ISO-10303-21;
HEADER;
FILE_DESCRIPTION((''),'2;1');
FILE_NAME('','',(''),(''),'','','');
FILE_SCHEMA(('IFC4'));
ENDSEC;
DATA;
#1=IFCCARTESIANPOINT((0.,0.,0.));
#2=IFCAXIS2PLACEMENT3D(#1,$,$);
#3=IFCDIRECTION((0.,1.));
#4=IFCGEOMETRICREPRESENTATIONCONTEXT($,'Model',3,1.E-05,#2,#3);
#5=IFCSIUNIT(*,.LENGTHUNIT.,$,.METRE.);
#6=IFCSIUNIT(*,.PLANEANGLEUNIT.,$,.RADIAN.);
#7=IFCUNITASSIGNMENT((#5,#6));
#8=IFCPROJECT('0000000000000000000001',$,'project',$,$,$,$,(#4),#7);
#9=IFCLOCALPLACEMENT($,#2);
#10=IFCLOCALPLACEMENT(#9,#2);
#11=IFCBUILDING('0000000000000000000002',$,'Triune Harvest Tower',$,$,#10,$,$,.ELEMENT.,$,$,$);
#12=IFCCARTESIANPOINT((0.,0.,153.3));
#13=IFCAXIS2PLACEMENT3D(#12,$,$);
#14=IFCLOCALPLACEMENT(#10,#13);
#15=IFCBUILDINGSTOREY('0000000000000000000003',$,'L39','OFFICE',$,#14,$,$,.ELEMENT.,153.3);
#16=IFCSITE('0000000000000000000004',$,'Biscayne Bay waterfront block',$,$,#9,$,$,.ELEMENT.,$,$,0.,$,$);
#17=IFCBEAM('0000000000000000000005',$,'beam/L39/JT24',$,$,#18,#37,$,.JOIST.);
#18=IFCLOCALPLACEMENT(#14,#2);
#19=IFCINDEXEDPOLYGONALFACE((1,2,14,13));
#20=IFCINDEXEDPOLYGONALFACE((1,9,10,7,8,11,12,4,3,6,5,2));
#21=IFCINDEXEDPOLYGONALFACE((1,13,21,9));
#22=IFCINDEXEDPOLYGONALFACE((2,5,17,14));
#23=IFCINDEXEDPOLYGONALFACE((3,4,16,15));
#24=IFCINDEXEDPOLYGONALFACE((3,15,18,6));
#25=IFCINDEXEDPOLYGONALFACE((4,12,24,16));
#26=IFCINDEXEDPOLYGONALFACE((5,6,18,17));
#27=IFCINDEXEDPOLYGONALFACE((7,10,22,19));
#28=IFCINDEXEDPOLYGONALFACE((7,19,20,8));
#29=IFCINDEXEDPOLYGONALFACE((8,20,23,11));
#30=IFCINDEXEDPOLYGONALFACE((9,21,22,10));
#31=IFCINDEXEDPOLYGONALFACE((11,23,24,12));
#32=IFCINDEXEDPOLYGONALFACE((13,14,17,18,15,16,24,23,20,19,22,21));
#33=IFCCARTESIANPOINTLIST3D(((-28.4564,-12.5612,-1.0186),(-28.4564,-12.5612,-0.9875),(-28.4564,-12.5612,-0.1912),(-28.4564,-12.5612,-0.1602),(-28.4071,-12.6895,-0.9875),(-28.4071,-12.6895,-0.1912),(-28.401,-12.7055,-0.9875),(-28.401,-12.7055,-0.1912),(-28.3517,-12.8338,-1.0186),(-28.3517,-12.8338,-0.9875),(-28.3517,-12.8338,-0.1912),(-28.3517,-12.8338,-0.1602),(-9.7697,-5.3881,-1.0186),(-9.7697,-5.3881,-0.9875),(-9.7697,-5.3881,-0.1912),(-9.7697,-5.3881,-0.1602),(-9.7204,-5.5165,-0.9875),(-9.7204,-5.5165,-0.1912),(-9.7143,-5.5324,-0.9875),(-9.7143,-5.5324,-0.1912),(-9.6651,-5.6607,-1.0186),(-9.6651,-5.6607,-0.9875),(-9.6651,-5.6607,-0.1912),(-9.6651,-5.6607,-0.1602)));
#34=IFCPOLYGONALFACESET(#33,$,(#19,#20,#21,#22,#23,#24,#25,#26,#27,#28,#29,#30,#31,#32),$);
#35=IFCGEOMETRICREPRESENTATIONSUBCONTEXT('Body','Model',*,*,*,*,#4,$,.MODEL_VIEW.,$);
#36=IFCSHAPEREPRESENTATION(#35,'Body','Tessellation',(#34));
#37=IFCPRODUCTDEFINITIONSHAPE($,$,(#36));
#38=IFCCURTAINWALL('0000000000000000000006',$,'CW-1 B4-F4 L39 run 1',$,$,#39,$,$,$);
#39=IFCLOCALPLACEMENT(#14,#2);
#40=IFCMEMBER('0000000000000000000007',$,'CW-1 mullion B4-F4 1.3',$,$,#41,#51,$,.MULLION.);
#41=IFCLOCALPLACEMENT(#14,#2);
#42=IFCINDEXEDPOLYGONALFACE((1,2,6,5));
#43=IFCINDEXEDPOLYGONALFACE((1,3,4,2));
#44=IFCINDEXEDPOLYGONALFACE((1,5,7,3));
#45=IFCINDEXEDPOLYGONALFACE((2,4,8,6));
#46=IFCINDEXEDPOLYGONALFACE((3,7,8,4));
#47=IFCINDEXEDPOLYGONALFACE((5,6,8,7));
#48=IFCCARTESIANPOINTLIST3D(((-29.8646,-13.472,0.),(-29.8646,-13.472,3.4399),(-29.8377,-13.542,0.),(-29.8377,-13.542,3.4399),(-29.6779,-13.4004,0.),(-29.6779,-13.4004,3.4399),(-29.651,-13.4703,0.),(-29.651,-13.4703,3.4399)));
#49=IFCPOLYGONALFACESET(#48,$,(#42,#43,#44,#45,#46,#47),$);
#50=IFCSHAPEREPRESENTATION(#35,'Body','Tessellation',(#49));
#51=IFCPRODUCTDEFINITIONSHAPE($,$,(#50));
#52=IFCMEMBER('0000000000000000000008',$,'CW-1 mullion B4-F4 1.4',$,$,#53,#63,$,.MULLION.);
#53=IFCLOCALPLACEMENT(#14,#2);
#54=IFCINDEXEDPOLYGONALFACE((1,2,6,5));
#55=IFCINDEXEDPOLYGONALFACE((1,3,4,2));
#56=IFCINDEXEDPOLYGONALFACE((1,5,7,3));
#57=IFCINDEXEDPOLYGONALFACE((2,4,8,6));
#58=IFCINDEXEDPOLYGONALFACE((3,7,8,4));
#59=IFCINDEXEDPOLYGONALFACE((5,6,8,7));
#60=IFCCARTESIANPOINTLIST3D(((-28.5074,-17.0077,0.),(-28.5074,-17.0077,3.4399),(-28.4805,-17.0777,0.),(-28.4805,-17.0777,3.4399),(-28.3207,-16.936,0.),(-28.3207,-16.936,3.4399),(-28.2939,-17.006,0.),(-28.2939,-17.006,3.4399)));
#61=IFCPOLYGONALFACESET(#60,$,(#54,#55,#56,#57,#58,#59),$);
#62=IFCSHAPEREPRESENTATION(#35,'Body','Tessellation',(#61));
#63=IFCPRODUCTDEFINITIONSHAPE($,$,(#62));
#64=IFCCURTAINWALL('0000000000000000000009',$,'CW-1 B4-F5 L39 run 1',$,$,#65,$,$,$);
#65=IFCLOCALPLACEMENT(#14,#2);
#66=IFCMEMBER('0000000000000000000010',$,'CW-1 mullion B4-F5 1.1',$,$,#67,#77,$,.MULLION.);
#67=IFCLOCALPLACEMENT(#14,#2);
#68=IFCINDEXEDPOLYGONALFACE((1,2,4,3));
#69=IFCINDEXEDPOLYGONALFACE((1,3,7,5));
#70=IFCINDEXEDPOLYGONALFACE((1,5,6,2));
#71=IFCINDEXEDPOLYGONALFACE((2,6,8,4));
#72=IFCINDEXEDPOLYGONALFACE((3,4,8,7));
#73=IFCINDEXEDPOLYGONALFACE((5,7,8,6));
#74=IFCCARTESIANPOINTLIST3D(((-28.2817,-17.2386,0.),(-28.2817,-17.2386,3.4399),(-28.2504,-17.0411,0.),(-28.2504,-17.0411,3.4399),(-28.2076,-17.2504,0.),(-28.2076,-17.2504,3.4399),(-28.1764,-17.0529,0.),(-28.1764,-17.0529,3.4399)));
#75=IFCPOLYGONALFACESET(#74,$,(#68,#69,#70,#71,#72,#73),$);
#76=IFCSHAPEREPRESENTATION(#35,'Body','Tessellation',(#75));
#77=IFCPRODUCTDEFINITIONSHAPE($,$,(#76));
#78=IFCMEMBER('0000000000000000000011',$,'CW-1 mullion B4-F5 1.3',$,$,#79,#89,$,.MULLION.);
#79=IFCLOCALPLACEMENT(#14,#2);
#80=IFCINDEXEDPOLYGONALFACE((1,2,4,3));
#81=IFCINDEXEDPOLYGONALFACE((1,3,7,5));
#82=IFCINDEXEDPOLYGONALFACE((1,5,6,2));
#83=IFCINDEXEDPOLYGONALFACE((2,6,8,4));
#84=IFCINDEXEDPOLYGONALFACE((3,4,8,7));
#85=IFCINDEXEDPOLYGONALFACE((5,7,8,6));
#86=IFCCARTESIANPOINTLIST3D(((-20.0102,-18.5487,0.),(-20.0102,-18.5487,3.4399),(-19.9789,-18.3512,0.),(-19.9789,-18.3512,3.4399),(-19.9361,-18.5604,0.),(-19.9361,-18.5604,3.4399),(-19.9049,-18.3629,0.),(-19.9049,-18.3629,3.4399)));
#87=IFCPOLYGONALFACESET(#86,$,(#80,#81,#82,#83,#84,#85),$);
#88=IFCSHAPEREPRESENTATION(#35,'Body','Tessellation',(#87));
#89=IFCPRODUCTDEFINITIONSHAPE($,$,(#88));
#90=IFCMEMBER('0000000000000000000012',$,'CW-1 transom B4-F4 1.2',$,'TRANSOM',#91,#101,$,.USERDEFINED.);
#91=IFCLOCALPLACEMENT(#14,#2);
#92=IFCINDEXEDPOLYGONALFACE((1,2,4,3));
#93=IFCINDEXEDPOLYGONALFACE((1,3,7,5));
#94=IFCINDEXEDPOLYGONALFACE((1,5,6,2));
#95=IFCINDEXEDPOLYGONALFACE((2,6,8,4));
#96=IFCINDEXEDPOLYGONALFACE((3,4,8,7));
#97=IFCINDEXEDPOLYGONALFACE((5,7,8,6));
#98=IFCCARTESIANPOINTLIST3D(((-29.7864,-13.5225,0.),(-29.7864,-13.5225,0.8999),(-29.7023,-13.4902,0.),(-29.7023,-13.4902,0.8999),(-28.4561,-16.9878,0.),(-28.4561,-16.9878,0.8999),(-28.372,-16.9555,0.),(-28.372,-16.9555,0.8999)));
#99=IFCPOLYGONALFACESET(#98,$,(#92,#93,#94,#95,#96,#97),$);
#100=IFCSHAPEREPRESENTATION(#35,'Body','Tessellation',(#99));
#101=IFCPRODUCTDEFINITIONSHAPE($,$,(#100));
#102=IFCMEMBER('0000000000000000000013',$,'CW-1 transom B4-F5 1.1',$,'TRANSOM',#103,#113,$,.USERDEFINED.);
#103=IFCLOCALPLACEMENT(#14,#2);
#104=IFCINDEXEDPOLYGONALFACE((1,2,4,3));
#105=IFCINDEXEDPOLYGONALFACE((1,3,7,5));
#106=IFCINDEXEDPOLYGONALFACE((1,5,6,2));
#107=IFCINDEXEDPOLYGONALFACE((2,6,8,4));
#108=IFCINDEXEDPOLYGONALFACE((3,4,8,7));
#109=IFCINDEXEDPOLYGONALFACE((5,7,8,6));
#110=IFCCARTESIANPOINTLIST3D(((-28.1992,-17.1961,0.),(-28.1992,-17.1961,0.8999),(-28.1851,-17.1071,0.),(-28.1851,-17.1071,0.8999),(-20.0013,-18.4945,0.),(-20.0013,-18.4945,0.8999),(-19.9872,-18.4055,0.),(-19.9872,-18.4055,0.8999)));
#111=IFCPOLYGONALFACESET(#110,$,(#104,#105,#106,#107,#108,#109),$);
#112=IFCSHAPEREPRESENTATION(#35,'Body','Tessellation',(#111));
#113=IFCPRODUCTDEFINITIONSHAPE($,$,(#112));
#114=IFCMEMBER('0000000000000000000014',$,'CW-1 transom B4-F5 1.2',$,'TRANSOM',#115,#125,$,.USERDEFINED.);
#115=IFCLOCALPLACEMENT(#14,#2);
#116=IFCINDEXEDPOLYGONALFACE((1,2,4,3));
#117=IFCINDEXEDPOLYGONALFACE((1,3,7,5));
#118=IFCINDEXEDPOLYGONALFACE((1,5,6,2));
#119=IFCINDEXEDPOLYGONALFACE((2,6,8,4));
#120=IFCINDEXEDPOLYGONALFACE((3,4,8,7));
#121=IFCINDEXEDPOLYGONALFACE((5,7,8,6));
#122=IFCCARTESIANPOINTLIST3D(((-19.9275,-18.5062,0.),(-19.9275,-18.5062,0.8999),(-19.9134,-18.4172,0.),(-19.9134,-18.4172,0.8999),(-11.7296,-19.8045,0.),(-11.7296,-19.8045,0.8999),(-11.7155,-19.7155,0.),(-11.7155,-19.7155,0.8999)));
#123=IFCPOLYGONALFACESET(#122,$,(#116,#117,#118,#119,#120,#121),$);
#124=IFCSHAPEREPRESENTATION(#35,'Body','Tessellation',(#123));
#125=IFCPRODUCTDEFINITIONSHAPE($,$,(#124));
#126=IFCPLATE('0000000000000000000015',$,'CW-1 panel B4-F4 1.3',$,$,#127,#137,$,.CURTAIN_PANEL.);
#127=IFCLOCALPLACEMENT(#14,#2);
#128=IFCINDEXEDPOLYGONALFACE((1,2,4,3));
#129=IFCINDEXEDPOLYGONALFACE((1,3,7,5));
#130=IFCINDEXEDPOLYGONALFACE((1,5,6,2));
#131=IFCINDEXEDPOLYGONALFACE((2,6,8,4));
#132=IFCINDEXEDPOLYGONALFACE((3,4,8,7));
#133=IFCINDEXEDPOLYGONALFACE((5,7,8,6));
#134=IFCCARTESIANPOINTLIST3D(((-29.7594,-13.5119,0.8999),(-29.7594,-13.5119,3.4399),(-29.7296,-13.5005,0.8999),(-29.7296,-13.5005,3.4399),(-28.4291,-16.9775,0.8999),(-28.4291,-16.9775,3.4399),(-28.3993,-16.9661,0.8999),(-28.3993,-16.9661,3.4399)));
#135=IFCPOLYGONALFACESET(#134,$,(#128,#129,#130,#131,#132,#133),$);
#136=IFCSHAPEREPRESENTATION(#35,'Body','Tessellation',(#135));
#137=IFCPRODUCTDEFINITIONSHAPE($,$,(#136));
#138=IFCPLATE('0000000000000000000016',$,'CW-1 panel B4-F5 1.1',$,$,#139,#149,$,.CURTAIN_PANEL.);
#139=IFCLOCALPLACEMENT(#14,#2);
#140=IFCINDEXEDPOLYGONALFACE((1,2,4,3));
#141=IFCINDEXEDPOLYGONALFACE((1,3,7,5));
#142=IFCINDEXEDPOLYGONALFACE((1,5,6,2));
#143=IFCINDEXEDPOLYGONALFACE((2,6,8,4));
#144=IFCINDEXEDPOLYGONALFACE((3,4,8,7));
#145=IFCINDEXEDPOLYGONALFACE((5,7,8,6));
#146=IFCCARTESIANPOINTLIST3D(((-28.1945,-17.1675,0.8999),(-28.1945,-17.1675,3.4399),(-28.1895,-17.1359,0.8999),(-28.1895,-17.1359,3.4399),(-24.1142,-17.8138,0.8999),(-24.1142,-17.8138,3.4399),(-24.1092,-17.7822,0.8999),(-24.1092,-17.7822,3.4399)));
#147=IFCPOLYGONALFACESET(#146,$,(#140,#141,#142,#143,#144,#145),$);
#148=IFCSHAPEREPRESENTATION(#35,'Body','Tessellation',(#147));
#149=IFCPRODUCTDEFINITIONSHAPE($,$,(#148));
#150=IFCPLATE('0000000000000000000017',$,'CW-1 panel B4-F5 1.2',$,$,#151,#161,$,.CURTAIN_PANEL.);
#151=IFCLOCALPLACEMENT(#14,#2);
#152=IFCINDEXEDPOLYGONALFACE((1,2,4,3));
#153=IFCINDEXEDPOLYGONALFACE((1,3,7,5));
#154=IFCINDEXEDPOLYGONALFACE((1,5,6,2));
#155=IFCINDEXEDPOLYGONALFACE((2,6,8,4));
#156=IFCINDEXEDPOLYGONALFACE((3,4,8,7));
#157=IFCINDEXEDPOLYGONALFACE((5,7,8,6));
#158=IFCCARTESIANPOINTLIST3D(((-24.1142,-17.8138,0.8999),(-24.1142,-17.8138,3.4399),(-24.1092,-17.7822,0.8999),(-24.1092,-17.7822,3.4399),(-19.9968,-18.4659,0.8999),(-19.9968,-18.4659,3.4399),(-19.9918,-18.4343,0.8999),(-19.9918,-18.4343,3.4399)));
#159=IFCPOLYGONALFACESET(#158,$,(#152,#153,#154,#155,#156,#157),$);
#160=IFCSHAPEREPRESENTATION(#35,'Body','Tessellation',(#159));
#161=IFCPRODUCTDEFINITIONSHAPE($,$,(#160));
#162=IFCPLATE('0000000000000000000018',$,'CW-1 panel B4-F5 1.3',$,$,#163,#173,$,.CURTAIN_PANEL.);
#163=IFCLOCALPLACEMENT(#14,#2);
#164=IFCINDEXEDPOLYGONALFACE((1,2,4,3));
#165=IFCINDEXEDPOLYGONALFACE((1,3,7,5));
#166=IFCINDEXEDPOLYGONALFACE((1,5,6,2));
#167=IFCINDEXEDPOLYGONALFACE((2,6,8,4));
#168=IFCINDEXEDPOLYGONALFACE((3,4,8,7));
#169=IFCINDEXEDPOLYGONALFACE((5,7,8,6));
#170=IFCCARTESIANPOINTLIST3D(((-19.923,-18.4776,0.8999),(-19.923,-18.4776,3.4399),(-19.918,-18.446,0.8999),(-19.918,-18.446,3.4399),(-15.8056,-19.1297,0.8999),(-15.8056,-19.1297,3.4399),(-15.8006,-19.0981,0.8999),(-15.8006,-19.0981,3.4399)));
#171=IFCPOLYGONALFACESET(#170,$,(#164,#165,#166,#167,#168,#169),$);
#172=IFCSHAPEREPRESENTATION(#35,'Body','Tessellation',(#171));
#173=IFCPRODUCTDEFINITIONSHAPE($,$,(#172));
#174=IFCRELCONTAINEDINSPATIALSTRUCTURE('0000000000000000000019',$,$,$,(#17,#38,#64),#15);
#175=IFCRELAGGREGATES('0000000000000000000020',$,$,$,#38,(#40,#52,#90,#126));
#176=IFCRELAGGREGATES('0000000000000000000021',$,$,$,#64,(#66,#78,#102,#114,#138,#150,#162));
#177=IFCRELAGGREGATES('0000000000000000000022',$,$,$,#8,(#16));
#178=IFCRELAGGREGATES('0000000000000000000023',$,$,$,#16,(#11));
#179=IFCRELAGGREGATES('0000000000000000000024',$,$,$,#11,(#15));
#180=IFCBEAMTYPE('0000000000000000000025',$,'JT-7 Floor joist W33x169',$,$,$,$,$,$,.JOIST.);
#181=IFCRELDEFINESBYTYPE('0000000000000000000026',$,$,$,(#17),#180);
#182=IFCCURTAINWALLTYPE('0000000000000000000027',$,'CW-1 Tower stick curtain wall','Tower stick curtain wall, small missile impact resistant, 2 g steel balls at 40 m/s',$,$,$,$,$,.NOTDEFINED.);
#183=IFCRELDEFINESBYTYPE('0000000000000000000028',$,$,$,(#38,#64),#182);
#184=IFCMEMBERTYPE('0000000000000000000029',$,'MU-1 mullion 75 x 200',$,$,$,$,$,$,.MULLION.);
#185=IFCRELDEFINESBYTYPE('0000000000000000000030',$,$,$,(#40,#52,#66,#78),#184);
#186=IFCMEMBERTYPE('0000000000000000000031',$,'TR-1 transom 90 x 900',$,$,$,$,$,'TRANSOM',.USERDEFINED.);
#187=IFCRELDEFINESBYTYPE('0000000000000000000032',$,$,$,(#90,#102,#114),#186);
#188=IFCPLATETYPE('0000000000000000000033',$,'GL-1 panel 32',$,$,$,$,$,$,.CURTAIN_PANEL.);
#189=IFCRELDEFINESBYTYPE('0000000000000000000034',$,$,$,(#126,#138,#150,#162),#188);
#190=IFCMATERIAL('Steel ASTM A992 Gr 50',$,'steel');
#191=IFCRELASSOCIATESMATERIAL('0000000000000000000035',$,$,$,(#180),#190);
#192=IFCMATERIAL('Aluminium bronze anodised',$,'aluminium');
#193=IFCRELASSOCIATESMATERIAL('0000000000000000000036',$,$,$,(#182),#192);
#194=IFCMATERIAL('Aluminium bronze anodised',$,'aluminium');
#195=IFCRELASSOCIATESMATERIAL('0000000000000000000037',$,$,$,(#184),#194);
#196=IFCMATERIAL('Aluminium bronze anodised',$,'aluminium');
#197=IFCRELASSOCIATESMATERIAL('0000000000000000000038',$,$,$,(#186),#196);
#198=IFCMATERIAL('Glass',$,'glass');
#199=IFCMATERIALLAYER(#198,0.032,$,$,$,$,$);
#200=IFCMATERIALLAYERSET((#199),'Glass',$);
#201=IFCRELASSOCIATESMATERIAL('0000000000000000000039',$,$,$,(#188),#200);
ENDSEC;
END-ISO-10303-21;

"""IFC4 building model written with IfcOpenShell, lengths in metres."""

from ifc_helpers import new_model, si_unit, direction, frame, origin, origin_2d, place, context, subcontext, project, spatial, rectangle, i_section, extrude, source, transform, mapped, material, layer, layer_set, material_profile, profile_set, type_object, element, aggregate, save


model = new_model("IFC4")

# Units and contexts
model_context = context("Model", 3, precision=1e-05, world=origin(), true_north=direction((0.0, 1.0)))
body_context = subcontext(model_context, "Body", "Model", "MODEL_VIEW")
ifc_project = project(units=[si_unit("LENGTHUNIT", "METRE"), si_unit("PLANEANGLEUNIT", "RADIAN")], contexts=[model_context])

# Site, building, storey
site_placement = place(None, origin())
site = spatial("IfcSite", under=ifc_project, at=site_placement, Name="Biscayne Bay waterfront block", CompositionType="ELEMENT", RefElevation=0.0)
building_placement = place(site_placement, origin())
building = spatial("IfcBuilding", under=site, at=building_placement, Name="Triune Harvest Tower", CompositionType="ELEMENT")
storey_placement = place(building_placement, frame((0.0, 0.0, 153.3)))
storey = spatial("IfcBuildingStorey", under=building, at=storey_placement, Name="L39", Description="OFFICE", CompositionType="ELEMENT", Elevation=153.3)

# Beam
ifc_material_1 = material(Name="Steel ASTM A992 Gr 50", Category="steel")
ifc_material_profile_1 = material_profile(ifc_material_1, i_section(OverallWidth=0.292, OverallDepth=0.8584, WebThickness=0.0171, FlangeThickness=0.031, at=origin_2d()), Name="W33x169")
ifc_profile_set_1 = profile_set([ifc_material_profile_1], Name="Steel ASTM A992 Gr 50")
beam_type_1 = type_object("IfcBeamType", Name="JT-7 Floor joist W33x169", PredefinedType="JOIST", material=ifc_profile_set_1)
shared_shape_1 = source(origin(), body_context, "Body", "SweptSolid", [
    extrude(i_section(OverallWidth=0.292, OverallDepth=0.8584, WebThickness=0.0171, FlangeThickness=0.031, at=origin_2d()), origin(), (0.0, 0.0, 1.0), 20.0161),
])
beam_1_placement = place(storey_placement, frame((-28.4041, -12.6975, -0.5894), z_axis=(0.933582, 0.358364, 0.0), x_axis=(-0.358364, 0.933582, 0.0)))
element("IfcBeam", 1, at=beam_1_placement, inside=storey, type_object=beam_type_1, Name="beam/L39/JT24", PredefinedType="JOIST", context=body_context, shape_type="MappedRepresentation", body=[
    mapped(shared_shape_1, transform((0.0, 0.0, 0.0), scale=1.0)),
])

# Curtain walls, members
ifc_material_2 = material(Name="Aluminium bronze anodised", Category="aluminium")
curtain_wall_type = type_object("IfcCurtainWallType", Name="CW-1 Tower stick curtain wall", Description="Tower stick curtain wall, small missile impact resistant, 2 g steel balls at 40 m/s", PredefinedType="NOTDEFINED", material=ifc_material_2)
curtain_wall_1_placement = place(storey_placement, origin())
curtain_wall_1 = element("IfcCurtainWall", 2, at=curtain_wall_1_placement, inside=storey, type_object=curtain_wall_type, Name="CW-1 B4-F4 L39 run 1")
ifc_material_3 = material(Name="Aluminium bronze anodised", Category="aluminium")
ifc_material_profile_2 = material_profile(ifc_material_3, rectangle(XDim=0.2, YDim=0.075, at=origin_2d()), Name="MU-1 mullion 75 x 200")
ifc_profile_set_2 = profile_set([ifc_material_profile_2], Name="Aluminium bronze anodised")
member_type_1 = type_object("IfcMemberType", Name="MU-1 mullion 75 x 200", PredefinedType="MULLION", material=ifc_profile_set_2)
shared_shape_2 = source(origin(), body_context, "Body", "SweptSolid", [
    extrude(rectangle(XDim=0.2, YDim=0.075, at=origin_2d()), origin(), (0.0, 0.0, 1.0), 3.4399),
])
member_1_placement = place(storey_placement, frame((-29.7578, -13.4712, 0.0), z_axis=(0.0, 0.0, 1.0), x_axis=(0.93358, 0.358369, 0.0)))
member_1 = element("IfcMember", 3, at=member_1_placement, type_object=member_type_1, Name="CW-1 mullion B4-F4 1.3", PredefinedType="MULLION", context=body_context, shape_type="MappedRepresentation", body=[
    mapped(shared_shape_2, transform((0.0, 0.0, 0.0), scale=1.0)),
])
member_2_placement = place(storey_placement, frame((-28.4006, -17.0068, 0.0), z_axis=(0.0, 0.0, 1.0), x_axis=(0.93358, 0.358369, 0.0)))
member_2 = element("IfcMember", 4, at=member_2_placement, type_object=member_type_1, Name="CW-1 mullion B4-F4 1.4", PredefinedType="MULLION", context=body_context, shape_type="MappedRepresentation", body=[
    mapped(shared_shape_2, transform((0.0, 0.0, 0.0), scale=1.0)),
])
curtain_wall_2_placement = place(storey_placement, origin())
curtain_wall_2 = element("IfcCurtainWall", 5, at=curtain_wall_2_placement, inside=storey, type_object=curtain_wall_type, Name="CW-1 B4-F5 L39 run 1")
member_3_placement = place(storey_placement, frame((-28.229, -17.1458, 0.0), z_axis=(0.0, 0.0, 1.0), x_axis=(0.156433, 0.987689, 0.0)))
member_3 = element("IfcMember", 6, at=member_3_placement, type_object=member_type_1, Name="CW-1 mullion B4-F5 1.1", PredefinedType="MULLION", context=body_context, shape_type="MappedRepresentation", body=[
    mapped(shared_shape_2, transform((0.0, 0.0, 0.0), scale=1.0)),
])
member_4_placement = place(storey_placement, frame((-19.9575, -18.4558, 0.0), z_axis=(0.0, 0.0, 1.0), x_axis=(0.156433, 0.987689, 0.0)))
member_4 = element("IfcMember", 7, at=member_4_placement, type_object=member_type_1, Name="CW-1 mullion B4-F5 1.3", PredefinedType="MULLION", context=body_context, shape_type="MappedRepresentation", body=[
    mapped(shared_shape_2, transform((0.0, 0.0, 0.0), scale=1.0)),
])

# Members
ifc_material_4 = material(Name="Aluminium bronze anodised", Category="aluminium")
ifc_material_profile_3 = material_profile(ifc_material_4, rectangle(XDim=0.0901, YDim=0.8999, at=origin_2d()), Name="TR-1 transom 90 x 900")
ifc_profile_set_3 = profile_set([ifc_material_profile_3], Name="Aluminium bronze anodised")
member_type_2 = type_object("IfcMemberType", Name="TR-1 transom 90 x 900", ElementType="TRANSOM", PredefinedType="USERDEFINED", material=ifc_profile_set_3)
shared_shape_3 = source(origin(), body_context, "Body", "SweptSolid", [
    extrude(rectangle(XDim=0.0901, YDim=0.8999, at=origin_2d()), origin(), (0.0, 0.0, 1.0), 3.7119),
])
member_5_placement = place(storey_placement, frame((-29.7444, -13.5063, 0.45), z_axis=(0.358393, -0.933571, 0.0), x_axis=(0.933571, 0.358393, 0.0)))
member_5 = element("IfcMember", 8, at=member_5_placement, type_object=member_type_2, Name="CW-1 transom B4-F4 1.2", ObjectType="TRANSOM", PredefinedType="USERDEFINED", context=body_context, shape_type="MappedRepresentation", body=[
    mapped(shared_shape_3, transform((0.0, 0.0, 0.0), scale=1.0)),
])
shared_shape_4 = source(origin(), body_context, "Body", "SweptSolid", [
    extrude(rectangle(XDim=0.0901, YDim=0.8999, at=origin_2d()), origin(), (0.0, 0.0, 1.0), 8.3),
])
member_6_placement = place(storey_placement, frame((-28.1921, -17.1516, 0.45), z_axis=(0.987689, -0.156428, 0.0), x_axis=(0.156428, 0.987689, 0.0)))
member_6 = element("IfcMember", 9, at=member_6_placement, type_object=member_type_2, Name="CW-1 transom B4-F5 1.1", ObjectType="TRANSOM", PredefinedType="USERDEFINED", context=body_context, shape_type="MappedRepresentation", body=[
    mapped(shared_shape_4, transform((0.0, 0.0, 0.0), scale=1.0)),
])
member_7_placement = place(storey_placement, frame((-19.9204, -18.4617, 0.45), z_axis=(0.987689, -0.156428, 0.0), x_axis=(0.156428, 0.987689, 0.0)))
member_7 = element("IfcMember", 10, at=member_7_placement, type_object=member_type_2, Name="CW-1 transom B4-F5 1.2", ObjectType="TRANSOM", PredefinedType="USERDEFINED", context=body_context, shape_type="MappedRepresentation", body=[
    mapped(shared_shape_4, transform((0.0, 0.0, 0.0), scale=1.0)),
])

# Plates
ifc_material_5 = material(Name="Glass", Category="glass")
ifc_layer_1 = layer(ifc_material_5, 0.032)
ifc_layer_set_1 = layer_set([ifc_layer_1], Name="Glass")
plate_type = type_object("IfcPlateType", Name="GL-1 panel 32", PredefinedType="CURTAIN_PANEL", material=ifc_layer_set_1)
shared_shape_5 = source(origin(), body_context, "Body", "SweptSolid", [
    extrude(rectangle(XDim=3.7122, YDim=0.032, at=origin_2d()), origin(), (0.0, 0.0, 1.0), 2.54),
])
plate_1_placement = place(storey_placement, frame((-29.0793, -15.239, 0.8999), z_axis=(0.0, 0.0, 1.0), x_axis=(0.358369, -0.93358, 0.0)))
plate_1 = element("IfcPlate", 11, at=plate_1_placement, type_object=plate_type, Name="CW-1 panel B4-F4 1.3", PredefinedType="CURTAIN_PANEL", context=body_context, shape_type="MappedRepresentation", body=[
    mapped(shared_shape_5, transform((0.0, 0.0, 0.0), scale=1.0)),
])
aggregate(curtain_wall_1, [member_1, member_2, member_5, plate_1])
shared_shape_6 = source(origin(), body_context, "Body", "SweptSolid", [
    extrude(rectangle(XDim=4.1311, YDim=0.032, at=origin_2d()), origin(), (0.0, 0.0, 1.0), 2.54),
])
plate_2_placement = place(storey_placement, frame((-26.1519, -17.4749, 0.8999), z_axis=(0.0, 0.0, 1.0), x_axis=(0.987689, -0.156433, 0.0)))
plate_2 = element("IfcPlate", 12, at=plate_2_placement, type_object=plate_type, Name="CW-1 panel B4-F5 1.1", PredefinedType="CURTAIN_PANEL", context=body_context, shape_type="MappedRepresentation", body=[
    mapped(shared_shape_6, transform((0.0, 0.0, 0.0), scale=1.0)),
])
shared_shape_7 = source(origin(), body_context, "Body", "SweptSolid", [
    extrude(rectangle(XDim=4.1687, YDim=0.032, at=origin_2d()), origin(), (0.0, 0.0, 1.0), 2.54),
])
plate_3_placement = place(storey_placement, frame((-22.053, -18.124, 0.8999), z_axis=(0.0, 0.0, 1.0), x_axis=(0.987689, -0.156433, 0.0)))
plate_3 = element("IfcPlate", 13, at=plate_3_placement, type_object=plate_type, Name="CW-1 panel B4-F5 1.2", PredefinedType="CURTAIN_PANEL", context=body_context, shape_type="MappedRepresentation", body=[
    mapped(shared_shape_7, transform((0.0, 0.0, 0.0), scale=1.0)),
])
plate_4_placement = place(storey_placement, frame((-17.8618, -18.7878, 0.8999), z_axis=(0.0, 0.0, 1.0), x_axis=(0.987689, -0.156433, 0.0)))
plate_4 = element("IfcPlate", 14, at=plate_4_placement, type_object=plate_type, Name="CW-1 panel B4-F5 1.3", PredefinedType="CURTAIN_PANEL", context=body_context, shape_type="MappedRepresentation", body=[
    mapped(shared_shape_7, transform((0.0, 0.0, 0.0), scale=1.0)),
])
aggregate(curtain_wall_2, [member_3, member_4, member_6, member_7, plate_2, plate_3, plate_4])

save(model, "model.ifc")
